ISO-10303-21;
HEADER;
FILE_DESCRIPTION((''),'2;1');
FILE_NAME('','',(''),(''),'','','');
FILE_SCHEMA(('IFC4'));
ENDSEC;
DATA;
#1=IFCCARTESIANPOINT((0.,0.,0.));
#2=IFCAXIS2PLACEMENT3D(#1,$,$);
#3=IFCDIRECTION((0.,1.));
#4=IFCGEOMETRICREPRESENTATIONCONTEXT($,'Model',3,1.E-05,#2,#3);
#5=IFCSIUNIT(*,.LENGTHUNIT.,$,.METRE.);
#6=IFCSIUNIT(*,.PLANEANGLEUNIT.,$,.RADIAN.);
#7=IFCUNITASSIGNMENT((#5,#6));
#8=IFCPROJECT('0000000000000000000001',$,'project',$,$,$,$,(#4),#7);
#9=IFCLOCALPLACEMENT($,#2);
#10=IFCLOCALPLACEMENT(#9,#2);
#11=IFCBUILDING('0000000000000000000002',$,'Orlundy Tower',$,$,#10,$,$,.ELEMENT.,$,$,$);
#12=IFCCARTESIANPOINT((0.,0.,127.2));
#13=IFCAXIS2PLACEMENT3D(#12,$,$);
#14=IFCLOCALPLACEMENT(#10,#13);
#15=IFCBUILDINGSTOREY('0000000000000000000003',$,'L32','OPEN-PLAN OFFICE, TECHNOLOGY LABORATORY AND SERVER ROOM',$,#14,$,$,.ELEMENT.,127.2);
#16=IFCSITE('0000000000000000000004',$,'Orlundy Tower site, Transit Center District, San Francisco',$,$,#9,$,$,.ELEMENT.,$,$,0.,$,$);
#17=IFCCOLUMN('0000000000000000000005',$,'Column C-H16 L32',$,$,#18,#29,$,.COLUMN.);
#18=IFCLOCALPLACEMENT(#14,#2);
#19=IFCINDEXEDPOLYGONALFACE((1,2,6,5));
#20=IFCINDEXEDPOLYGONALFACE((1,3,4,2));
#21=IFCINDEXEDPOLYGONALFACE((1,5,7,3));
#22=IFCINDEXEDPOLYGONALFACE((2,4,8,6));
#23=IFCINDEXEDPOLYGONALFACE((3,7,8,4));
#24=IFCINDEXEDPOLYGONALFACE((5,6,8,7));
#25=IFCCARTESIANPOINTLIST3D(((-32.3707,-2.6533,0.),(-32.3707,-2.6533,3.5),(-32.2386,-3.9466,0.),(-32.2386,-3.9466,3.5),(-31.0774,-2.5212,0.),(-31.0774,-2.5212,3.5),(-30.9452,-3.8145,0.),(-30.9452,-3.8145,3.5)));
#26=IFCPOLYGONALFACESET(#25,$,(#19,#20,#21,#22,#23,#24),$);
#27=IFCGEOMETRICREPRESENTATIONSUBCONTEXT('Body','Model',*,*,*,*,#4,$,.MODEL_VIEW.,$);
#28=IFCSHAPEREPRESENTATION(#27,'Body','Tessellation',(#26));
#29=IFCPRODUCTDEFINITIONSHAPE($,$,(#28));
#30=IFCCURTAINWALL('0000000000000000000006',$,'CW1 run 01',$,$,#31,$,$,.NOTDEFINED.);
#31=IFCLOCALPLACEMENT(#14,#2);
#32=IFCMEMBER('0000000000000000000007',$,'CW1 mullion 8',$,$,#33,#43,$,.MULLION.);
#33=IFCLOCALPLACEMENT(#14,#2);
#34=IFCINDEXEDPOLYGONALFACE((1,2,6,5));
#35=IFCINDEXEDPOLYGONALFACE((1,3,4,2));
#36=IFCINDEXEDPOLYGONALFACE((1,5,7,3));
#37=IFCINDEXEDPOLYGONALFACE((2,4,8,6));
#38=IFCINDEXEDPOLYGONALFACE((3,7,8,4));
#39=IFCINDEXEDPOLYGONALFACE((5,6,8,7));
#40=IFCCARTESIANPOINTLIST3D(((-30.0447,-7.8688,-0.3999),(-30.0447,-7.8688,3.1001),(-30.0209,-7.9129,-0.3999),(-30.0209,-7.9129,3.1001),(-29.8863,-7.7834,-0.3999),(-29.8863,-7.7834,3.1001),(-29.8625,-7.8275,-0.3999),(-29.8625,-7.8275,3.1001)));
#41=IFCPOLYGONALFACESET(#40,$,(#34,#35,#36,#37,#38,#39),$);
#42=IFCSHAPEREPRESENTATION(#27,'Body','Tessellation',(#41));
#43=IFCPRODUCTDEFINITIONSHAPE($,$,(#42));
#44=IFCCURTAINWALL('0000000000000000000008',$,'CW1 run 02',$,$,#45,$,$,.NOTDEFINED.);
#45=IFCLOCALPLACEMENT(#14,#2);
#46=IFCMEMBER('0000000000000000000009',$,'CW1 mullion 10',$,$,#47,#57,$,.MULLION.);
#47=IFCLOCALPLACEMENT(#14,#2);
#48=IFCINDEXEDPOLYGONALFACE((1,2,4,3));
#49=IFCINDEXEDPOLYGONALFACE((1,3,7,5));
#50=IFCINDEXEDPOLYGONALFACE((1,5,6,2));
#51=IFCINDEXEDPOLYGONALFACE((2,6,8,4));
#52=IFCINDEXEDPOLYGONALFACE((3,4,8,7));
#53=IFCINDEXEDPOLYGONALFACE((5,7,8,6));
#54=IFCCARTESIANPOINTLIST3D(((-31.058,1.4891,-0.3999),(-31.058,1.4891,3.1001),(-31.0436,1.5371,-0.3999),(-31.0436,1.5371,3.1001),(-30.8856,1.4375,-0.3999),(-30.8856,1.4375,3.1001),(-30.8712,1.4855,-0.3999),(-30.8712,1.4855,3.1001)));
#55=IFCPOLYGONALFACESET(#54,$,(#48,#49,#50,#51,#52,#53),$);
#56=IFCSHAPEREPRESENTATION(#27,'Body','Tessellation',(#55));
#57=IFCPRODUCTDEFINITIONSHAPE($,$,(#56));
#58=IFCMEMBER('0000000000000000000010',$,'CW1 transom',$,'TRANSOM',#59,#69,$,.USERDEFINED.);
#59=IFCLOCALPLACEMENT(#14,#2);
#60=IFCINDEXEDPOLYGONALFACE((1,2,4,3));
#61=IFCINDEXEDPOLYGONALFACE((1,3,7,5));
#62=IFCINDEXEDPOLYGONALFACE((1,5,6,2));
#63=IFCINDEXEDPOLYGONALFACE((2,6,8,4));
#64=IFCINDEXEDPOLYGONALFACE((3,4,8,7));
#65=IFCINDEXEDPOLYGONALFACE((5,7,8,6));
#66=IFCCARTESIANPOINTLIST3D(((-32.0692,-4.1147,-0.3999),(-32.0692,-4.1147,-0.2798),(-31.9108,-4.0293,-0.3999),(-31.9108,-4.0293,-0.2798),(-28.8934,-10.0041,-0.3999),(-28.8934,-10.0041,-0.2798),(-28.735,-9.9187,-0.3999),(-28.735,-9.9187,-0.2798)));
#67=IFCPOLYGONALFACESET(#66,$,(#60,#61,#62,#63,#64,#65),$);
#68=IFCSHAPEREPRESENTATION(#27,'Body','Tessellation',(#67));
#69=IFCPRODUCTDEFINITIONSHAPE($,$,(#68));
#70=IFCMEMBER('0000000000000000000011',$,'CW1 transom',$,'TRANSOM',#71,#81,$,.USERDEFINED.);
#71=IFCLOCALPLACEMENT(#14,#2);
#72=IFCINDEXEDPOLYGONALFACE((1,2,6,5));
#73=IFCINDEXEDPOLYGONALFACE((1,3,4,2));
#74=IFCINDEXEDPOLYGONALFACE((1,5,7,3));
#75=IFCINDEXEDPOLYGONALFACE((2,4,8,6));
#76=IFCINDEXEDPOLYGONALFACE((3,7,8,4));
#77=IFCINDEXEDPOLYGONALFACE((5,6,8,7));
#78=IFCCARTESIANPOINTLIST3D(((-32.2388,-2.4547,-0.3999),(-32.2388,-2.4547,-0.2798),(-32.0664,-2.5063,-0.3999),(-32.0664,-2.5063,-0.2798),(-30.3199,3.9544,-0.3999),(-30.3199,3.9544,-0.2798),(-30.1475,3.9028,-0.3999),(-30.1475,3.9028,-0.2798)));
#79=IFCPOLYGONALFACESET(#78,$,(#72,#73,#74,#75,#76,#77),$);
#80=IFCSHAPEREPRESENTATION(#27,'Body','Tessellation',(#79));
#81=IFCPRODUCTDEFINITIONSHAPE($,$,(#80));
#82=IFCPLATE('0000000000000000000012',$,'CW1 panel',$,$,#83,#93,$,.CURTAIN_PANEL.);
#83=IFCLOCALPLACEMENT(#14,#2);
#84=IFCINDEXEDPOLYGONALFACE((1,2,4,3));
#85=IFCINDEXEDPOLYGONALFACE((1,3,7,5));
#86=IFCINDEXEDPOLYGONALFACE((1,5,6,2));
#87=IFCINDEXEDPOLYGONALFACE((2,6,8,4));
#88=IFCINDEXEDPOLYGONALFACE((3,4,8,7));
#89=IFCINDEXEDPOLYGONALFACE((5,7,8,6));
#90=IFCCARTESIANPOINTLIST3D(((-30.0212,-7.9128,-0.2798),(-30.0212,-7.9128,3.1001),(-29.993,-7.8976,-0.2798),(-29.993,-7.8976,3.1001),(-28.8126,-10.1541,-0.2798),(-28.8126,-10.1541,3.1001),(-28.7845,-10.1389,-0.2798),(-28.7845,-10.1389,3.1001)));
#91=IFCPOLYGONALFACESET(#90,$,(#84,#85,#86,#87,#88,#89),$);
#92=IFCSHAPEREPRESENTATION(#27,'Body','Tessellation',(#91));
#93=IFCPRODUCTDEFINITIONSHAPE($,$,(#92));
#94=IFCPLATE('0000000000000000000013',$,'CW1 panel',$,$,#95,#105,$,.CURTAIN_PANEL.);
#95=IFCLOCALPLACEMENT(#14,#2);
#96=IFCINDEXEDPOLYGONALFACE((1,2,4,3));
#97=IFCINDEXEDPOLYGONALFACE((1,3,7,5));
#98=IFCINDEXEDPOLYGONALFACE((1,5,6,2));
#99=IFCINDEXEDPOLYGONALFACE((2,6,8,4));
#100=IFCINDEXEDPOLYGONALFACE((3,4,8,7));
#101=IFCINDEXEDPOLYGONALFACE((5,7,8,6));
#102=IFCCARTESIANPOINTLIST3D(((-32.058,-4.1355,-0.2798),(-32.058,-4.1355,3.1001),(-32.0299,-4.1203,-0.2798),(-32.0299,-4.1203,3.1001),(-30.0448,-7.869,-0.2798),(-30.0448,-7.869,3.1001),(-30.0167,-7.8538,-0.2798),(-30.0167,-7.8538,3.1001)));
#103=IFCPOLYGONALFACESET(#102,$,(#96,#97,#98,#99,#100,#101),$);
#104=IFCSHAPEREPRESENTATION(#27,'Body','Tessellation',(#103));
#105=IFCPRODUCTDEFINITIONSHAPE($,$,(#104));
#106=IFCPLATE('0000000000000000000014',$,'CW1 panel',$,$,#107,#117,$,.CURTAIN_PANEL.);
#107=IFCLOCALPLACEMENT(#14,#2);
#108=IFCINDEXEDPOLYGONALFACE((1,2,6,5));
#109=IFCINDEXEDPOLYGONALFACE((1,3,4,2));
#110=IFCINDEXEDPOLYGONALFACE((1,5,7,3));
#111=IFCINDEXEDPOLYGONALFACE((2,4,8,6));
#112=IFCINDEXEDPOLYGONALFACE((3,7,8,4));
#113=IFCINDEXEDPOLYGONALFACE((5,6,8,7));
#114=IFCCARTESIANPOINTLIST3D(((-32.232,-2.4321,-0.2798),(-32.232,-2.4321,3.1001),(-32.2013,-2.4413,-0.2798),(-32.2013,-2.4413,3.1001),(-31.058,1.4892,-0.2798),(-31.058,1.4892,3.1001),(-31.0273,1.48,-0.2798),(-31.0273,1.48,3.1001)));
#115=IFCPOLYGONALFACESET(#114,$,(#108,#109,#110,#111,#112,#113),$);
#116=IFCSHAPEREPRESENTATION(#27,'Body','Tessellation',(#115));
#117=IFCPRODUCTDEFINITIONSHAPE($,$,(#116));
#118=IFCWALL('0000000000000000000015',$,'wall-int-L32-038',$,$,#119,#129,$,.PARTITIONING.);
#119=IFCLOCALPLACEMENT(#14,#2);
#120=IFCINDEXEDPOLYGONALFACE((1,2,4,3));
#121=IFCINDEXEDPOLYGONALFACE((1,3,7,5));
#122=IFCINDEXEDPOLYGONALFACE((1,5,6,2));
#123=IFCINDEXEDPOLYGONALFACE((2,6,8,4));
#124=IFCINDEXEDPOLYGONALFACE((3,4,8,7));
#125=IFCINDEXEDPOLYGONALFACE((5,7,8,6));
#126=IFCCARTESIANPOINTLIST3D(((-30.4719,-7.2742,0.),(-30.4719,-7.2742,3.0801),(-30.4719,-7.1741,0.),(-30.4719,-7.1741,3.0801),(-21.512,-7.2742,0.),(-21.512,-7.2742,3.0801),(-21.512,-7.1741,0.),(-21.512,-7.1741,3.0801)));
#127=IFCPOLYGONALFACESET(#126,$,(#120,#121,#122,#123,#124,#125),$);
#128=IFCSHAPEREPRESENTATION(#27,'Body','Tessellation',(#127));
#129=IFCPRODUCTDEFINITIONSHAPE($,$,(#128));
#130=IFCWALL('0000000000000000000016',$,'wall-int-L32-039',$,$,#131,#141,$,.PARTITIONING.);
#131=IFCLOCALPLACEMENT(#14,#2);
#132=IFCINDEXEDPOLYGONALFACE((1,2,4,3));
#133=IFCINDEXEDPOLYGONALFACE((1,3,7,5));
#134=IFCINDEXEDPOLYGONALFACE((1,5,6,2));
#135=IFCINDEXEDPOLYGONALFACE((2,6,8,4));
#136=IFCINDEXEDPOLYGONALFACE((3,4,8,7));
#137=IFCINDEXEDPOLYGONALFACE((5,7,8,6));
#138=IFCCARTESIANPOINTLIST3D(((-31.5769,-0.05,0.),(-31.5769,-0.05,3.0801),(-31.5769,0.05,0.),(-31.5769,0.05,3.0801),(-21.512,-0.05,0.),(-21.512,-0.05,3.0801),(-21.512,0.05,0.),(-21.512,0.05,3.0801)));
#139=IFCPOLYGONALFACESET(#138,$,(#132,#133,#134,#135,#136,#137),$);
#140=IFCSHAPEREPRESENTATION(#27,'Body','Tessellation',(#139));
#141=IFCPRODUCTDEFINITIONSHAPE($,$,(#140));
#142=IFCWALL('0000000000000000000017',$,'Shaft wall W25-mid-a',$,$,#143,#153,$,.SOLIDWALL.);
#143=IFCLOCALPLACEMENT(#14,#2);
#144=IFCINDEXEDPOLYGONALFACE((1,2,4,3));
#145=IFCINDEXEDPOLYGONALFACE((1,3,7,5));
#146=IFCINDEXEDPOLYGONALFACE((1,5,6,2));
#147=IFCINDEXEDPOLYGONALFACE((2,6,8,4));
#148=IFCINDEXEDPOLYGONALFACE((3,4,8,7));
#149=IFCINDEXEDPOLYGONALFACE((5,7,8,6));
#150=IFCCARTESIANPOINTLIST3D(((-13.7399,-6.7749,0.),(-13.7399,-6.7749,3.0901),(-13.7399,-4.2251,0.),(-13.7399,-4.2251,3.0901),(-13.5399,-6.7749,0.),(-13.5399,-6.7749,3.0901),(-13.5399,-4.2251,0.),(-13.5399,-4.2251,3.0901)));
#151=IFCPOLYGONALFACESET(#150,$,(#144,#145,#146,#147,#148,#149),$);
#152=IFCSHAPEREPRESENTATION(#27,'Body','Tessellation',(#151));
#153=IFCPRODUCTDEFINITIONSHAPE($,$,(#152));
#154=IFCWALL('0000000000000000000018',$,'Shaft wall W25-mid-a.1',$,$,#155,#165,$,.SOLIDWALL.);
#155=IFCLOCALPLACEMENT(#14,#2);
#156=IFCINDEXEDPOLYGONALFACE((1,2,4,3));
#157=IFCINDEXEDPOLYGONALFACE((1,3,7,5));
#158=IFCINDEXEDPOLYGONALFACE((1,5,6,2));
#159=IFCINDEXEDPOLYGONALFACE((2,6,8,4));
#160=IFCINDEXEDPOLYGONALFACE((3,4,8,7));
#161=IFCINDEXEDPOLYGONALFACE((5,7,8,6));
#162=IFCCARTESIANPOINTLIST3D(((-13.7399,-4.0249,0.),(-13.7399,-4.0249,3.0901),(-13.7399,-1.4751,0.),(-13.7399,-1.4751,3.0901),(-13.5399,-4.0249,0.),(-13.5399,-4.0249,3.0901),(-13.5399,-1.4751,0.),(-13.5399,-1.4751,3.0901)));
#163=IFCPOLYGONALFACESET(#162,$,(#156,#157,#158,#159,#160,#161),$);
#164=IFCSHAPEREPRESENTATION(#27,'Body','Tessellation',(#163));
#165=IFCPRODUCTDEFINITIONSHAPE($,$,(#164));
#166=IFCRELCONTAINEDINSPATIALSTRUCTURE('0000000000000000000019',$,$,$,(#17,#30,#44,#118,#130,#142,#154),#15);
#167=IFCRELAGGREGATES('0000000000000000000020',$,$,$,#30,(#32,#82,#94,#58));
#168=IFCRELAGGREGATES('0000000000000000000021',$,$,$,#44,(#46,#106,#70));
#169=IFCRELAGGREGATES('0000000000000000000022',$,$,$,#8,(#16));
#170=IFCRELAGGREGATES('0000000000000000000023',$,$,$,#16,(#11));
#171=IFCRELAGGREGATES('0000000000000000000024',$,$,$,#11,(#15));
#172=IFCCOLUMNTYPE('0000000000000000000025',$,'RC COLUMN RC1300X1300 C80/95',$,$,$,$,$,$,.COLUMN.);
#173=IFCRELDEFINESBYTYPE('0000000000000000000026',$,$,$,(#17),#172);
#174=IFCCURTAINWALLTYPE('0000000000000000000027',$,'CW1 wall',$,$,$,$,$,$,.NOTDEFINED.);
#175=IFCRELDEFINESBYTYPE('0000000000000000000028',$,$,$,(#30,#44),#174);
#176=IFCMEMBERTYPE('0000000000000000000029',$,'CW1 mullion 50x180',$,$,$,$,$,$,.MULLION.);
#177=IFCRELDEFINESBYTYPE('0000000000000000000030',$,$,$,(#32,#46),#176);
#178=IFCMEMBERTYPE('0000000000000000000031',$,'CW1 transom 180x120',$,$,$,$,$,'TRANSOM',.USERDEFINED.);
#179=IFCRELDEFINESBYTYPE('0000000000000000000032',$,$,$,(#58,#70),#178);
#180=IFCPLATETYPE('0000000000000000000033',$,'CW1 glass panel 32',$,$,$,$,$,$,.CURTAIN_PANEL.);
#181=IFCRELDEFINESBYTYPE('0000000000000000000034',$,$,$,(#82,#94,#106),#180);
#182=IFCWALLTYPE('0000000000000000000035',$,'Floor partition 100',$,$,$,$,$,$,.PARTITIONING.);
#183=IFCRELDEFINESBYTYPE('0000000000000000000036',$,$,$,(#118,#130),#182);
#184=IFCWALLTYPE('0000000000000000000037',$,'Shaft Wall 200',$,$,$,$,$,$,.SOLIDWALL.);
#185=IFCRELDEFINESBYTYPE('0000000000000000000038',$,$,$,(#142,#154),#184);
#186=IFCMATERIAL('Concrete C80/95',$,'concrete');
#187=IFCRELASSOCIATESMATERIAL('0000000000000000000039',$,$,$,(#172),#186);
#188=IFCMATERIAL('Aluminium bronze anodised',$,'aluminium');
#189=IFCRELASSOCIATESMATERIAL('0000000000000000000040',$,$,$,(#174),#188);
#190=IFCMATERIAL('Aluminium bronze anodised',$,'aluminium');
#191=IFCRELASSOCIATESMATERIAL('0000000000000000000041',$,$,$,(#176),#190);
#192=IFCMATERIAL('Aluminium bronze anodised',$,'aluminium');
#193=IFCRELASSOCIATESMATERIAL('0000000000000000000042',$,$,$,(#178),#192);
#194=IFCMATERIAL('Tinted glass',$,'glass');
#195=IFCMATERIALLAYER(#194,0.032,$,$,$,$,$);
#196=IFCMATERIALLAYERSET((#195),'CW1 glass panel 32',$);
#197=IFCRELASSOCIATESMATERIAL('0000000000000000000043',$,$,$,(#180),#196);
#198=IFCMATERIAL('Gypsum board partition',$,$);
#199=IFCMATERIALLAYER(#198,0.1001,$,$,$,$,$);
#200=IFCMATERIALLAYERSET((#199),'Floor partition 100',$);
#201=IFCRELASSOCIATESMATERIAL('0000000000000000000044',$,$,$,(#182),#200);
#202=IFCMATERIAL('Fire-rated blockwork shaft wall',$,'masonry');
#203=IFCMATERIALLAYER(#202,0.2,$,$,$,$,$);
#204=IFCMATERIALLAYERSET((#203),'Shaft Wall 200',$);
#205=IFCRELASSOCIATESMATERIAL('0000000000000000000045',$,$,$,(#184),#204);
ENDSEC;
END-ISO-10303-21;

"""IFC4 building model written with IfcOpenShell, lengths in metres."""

from ifc_helpers import new_model, si_unit, direction, frame, frame_2d, origin, origin_2d, place, context, subcontext, project, spatial, rectangle, extrude, material, layer, layer_set, material_profile, profile_set, type_object, element, aggregate, save


model = new_model("IFC4")

# Units and contexts
model_context = context("Model", 3, precision=1e-05, world=origin(), true_north=direction((0.0, 1.0)))
body_context = subcontext(model_context, "Body", "Model", "MODEL_VIEW")
ifc_project = project(units=[si_unit("LENGTHUNIT", "METRE"), si_unit("PLANEANGLEUNIT", "RADIAN")], contexts=[model_context])

# Site, building, storey
site_placement = place(None, origin())
site = spatial("IfcSite", under=ifc_project, at=site_placement, Name="Orlundy Tower site, Transit Center District, San Francisco", CompositionType="ELEMENT", RefElevation=0.0)
building_placement = place(site_placement, origin())
building = spatial("IfcBuilding", under=site, at=building_placement, Name="Orlundy Tower", CompositionType="ELEMENT")
storey_placement = place(building_placement, frame((0.0, 0.0, 127.2)))
storey = spatial("IfcBuildingStorey", under=building, at=storey_placement, Name="L32", Description="OPEN-PLAN OFFICE, TECHNOLOGY LABORATORY AND SERVER ROOM", CompositionType="ELEMENT", Elevation=127.2)

# Column
ifc_material_1 = material(Name="Concrete C80/95", Category="concrete")
ifc_material_profile_1 = material_profile(ifc_material_1, rectangle(XDim=1.3, YDim=1.3, at=origin_2d()), Name="RC1300X1300")
ifc_profile_set_1 = profile_set([ifc_material_profile_1], Name="Concrete C80/95")
column_type = type_object("IfcColumnType", Name="RC COLUMN RC1300X1300 C80/95", PredefinedType="COLUMN", material=ifc_profile_set_1)
column_placement = place(storey_placement, frame((-31.658, -3.2339, 0.0), z_axis=(0.0, 0.0, 1.0), x_axis=(-0.994822, -0.101629, 0.0)))
element("IfcColumn", 1, at=column_placement, inside=storey, type_object=column_type, Name="Column C-H16 L32", PredefinedType="COLUMN", context=body_context, shape_type="SweptSolid", body=[
    extrude(rectangle(XDim=1.3, YDim=1.3, at=origin_2d()), origin(), (0.0, 0.0, 1.0), 3.5),
])

# Curtain walls, members
ifc_material_2 = material(Name="Aluminium bronze anodised", Category="aluminium")
curtain_wall_type = type_object("IfcCurtainWallType", Name="CW1 wall", PredefinedType="NOTDEFINED", material=ifc_material_2)
curtain_wall_1_placement = place(storey_placement, origin())
curtain_wall_1 = element("IfcCurtainWall", 2, at=curtain_wall_1_placement, inside=storey, type_object=curtain_wall_type, Name="CW1 run 01", PredefinedType="NOTDEFINED")
ifc_material_3 = material(Name="Aluminium bronze anodised", Category="aluminium")
ifc_material_profile_2 = material_profile(ifc_material_3, rectangle(XDim=0.1799, YDim=0.05, at=origin_2d()), Name="CW1 mullion 50x180")
ifc_profile_set_2 = profile_set([ifc_material_profile_2], Name="Aluminium bronze anodised")
member_type_1 = type_object("IfcMemberType", Name="CW1 mullion 50x180", PredefinedType="MULLION", material=ifc_profile_set_2)
member_1_placement = place(storey_placement, frame((-29.9536, -7.8481, -0.3999), z_axis=(0.0, 0.0, 1.0), x_axis=(-0.880189, -0.474624, 0.0)))
member_1 = element("IfcMember", 3, at=member_1_placement, type_object=member_type_1, Name="CW1 mullion 8", PredefinedType="MULLION", context=body_context, shape_type="SweptSolid", body=[
    extrude(rectangle(XDim=0.1799, YDim=0.05, at=origin_2d()), origin(), (0.0, 0.0, 1.0), 3.5),
])
curtain_wall_2_placement = place(storey_placement, origin())
curtain_wall_2 = element("IfcCurtainWall", 4, at=curtain_wall_2_placement, inside=storey, type_object=curtain_wall_type, Name="CW1 run 02", PredefinedType="NOTDEFINED")
member_2_placement = place(storey_placement, frame((-30.9646, 1.4873, -0.3999), z_axis=(0.0, 0.0, 1.0), x_axis=(-0.957986, 0.286816, 0.0)))
member_2 = element("IfcMember", 5, at=member_2_placement, type_object=member_type_1, Name="CW1 mullion 10", PredefinedType="MULLION", context=body_context, shape_type="SweptSolid", body=[
    extrude(rectangle(XDim=0.1799, YDim=0.05, at=origin_2d()), origin(), (0.0, 0.0, 1.0), 3.5),
])

# Members
ifc_material_4 = material(Name="Aluminium bronze anodised", Category="aluminium")
ifc_material_profile_3 = material_profile(ifc_material_4, rectangle(XDim=0.1799, YDim=0.1201, at=origin_2d()), Name="CW1 transom 180x120")
ifc_profile_set_3 = profile_set([ifc_material_profile_3], Name="Aluminium bronze anodised")
member_type_2 = type_object("IfcMemberType", Name="CW1 transom 180x120", ElementType="TRANSOM", PredefinedType="USERDEFINED", material=ifc_profile_set_3)
member_3_placement = place(storey_placement, frame((-28.8142, -9.9614, -0.3398), z_axis=(-0.474628, 0.880186, 0.0), x_axis=(-0.880186, -0.474628, 0.0)))
member_3 = element("IfcMember", 6, at=member_3_placement, type_object=member_type_2, Name="CW1 transom", ObjectType="TRANSOM", PredefinedType="USERDEFINED", context=body_context, shape_type="SweptSolid", body=[
    extrude(rectangle(XDim=0.1799, YDim=0.1201, at=origin_2d()), origin(), (0.0, 0.0, 1.0), 6.6912),
])
member_4_placement = place(storey_placement, frame((-32.1526, -2.4805, -0.3398), z_axis=(0.286826, 0.957983, 0.0), x_axis=(-0.957983, 0.286826, 0.0)))
member_4 = element("IfcMember", 7, at=member_4_placement, type_object=member_type_2, Name="CW1 transom", ObjectType="TRANSOM", PredefinedType="USERDEFINED", context=body_context, shape_type="SweptSolid", body=[
    extrude(rectangle(XDim=0.1799, YDim=0.1201, at=origin_2d()), origin(), (0.0, 0.0, 1.0), 6.6902),
])

# Plates
ifc_material_5 = material(Name="Tinted glass", Category="glass")
ifc_layer_1 = layer(ifc_material_5, 0.032)
ifc_layer_set_1 = layer_set([ifc_layer_1], Name="CW1 glass panel 32")
plate_type = type_object("IfcPlateType", Name="CW1 glass panel 32", PredefinedType="CURTAIN_PANEL", material=ifc_layer_set_1)
plate_1_placement = place(storey_placement, frame((-29.4028, -9.0259, -0.2798), z_axis=(0.0, 0.0, 1.0), x_axis=(-0.474624, 0.880189, 0.0)))
plate_1 = element("IfcPlate", 8, at=plate_1_placement, type_object=plate_type, Name="CW1 panel", PredefinedType="CURTAIN_PANEL", context=body_context, shape_type="SweptSolid", body=[
    extrude(rectangle(XDim=2.5464, YDim=0.032, at=origin_2d()), origin(), (0.0, 0.0, 1.0), 3.3799),
])
plate_2_placement = place(storey_placement, frame((-31.0374, -5.9946, -0.2798), z_axis=(0.0, 0.0, 1.0), x_axis=(-0.474624, 0.880189, 0.0)))
plate_2 = element("IfcPlate", 9, at=plate_2_placement, type_object=plate_type, Name="CW1 panel", PredefinedType="CURTAIN_PANEL", context=body_context, shape_type="SweptSolid", body=[
    extrude(rectangle(XDim=4.2417, YDim=0.032, at=origin_2d()), origin(), (0.0, 0.0, 1.0), 3.3799),
])
aggregate(curtain_wall_1, [member_1, plate_1, plate_2, member_3])
plate_3_placement = place(storey_placement, frame((-31.6296, -0.4761, -0.2798), z_axis=(0.0, 0.0, 1.0), x_axis=(0.286816, 0.957986, 0.0)))
plate_3 = element("IfcPlate", 10, at=plate_3_placement, type_object=plate_type, Name="CW1 panel", PredefinedType="CURTAIN_PANEL", context=body_context, shape_type="SweptSolid", body=[
    extrude(rectangle(XDim=4.0933, YDim=0.032, at=origin_2d()), origin(), (0.0, 0.0, 1.0), 3.3799),
])
aggregate(curtain_wall_2, [member_2, plate_3, member_4])

# Walls
ifc_material_6 = material(Name="Gypsum board partition")
ifc_layer_2 = layer(ifc_material_6, 0.1001)
ifc_layer_set_2 = layer_set([ifc_layer_2], Name="Floor partition 100")
wall_type_1 = type_object("IfcWallType", Name="Floor partition 100", PredefinedType="PARTITIONING", material=ifc_layer_set_2)
wall_1_placement = place(storey_placement, frame((-30.4719, -7.2241, 0.0), z_axis=(0.0, 0.0, 1.0), x_axis=(1.0, 0.0, 0.0)))
element("IfcWall", 11, at=wall_1_placement, inside=storey, type_object=wall_type_1, Name="wall-int-L32-038", PredefinedType="PARTITIONING", context=body_context, shape_type="SweptSolid", body=[
    extrude(rectangle(XDim=8.96, YDim=0.1001, at=frame_2d((4.48, 0.0))), origin(), (0.0, 0.0, 1.0), 3.0801),
])
wall_2_placement = place(storey_placement, frame((-31.5769, 0.0, 0.0), z_axis=(0.0, 0.0, 1.0), x_axis=(1.0, 0.0, 0.0)))
element("IfcWall", 12, at=wall_2_placement, inside=storey, type_object=wall_type_1, Name="wall-int-L32-039", PredefinedType="PARTITIONING", context=body_context, shape_type="SweptSolid", body=[
    extrude(rectangle(XDim=10.0649, YDim=0.1001, at=frame_2d((5.0325, 0.0))), origin(), (0.0, 0.0, 1.0), 3.0801),
])
ifc_material_7 = material(Name="Fire-rated blockwork shaft wall", Category="masonry")
ifc_layer_3 = layer(ifc_material_7, 0.2)
ifc_layer_set_3 = layer_set([ifc_layer_3], Name="Shaft Wall 200")
wall_type_2 = type_object("IfcWallType", Name="Shaft Wall 200", PredefinedType="SOLIDWALL", material=ifc_layer_set_3)
for number, where, z_axis, x_axis, name in (
    (13, (-13.6399, -6.7749, 0.0), (0.0, 0.0, 1.0), (0.0, 1.0, 0.0), "Shaft wall W25-mid-a"),
    (14, (-13.6399, -4.0249, 0.0), (0.0, 0.0, 1.0), (0.0, 1.0, 0.0), "Shaft wall W25-mid-a.1"),
):
    element("IfcWall", number, at=place(storey_placement, frame(where, z_axis=z_axis, x_axis=x_axis)), inside=storey, type_object=wall_type_2, Name=name, PredefinedType="SOLIDWALL", context=body_context, shape_type="SweptSolid", body=[
        extrude(rectangle(XDim=2.5498, YDim=0.2, at=frame_2d((1.2749, 0.0))), origin(), (0.0, 0.0, 1.0), 3.0901),
    ])

save(model, "model.ifc")
